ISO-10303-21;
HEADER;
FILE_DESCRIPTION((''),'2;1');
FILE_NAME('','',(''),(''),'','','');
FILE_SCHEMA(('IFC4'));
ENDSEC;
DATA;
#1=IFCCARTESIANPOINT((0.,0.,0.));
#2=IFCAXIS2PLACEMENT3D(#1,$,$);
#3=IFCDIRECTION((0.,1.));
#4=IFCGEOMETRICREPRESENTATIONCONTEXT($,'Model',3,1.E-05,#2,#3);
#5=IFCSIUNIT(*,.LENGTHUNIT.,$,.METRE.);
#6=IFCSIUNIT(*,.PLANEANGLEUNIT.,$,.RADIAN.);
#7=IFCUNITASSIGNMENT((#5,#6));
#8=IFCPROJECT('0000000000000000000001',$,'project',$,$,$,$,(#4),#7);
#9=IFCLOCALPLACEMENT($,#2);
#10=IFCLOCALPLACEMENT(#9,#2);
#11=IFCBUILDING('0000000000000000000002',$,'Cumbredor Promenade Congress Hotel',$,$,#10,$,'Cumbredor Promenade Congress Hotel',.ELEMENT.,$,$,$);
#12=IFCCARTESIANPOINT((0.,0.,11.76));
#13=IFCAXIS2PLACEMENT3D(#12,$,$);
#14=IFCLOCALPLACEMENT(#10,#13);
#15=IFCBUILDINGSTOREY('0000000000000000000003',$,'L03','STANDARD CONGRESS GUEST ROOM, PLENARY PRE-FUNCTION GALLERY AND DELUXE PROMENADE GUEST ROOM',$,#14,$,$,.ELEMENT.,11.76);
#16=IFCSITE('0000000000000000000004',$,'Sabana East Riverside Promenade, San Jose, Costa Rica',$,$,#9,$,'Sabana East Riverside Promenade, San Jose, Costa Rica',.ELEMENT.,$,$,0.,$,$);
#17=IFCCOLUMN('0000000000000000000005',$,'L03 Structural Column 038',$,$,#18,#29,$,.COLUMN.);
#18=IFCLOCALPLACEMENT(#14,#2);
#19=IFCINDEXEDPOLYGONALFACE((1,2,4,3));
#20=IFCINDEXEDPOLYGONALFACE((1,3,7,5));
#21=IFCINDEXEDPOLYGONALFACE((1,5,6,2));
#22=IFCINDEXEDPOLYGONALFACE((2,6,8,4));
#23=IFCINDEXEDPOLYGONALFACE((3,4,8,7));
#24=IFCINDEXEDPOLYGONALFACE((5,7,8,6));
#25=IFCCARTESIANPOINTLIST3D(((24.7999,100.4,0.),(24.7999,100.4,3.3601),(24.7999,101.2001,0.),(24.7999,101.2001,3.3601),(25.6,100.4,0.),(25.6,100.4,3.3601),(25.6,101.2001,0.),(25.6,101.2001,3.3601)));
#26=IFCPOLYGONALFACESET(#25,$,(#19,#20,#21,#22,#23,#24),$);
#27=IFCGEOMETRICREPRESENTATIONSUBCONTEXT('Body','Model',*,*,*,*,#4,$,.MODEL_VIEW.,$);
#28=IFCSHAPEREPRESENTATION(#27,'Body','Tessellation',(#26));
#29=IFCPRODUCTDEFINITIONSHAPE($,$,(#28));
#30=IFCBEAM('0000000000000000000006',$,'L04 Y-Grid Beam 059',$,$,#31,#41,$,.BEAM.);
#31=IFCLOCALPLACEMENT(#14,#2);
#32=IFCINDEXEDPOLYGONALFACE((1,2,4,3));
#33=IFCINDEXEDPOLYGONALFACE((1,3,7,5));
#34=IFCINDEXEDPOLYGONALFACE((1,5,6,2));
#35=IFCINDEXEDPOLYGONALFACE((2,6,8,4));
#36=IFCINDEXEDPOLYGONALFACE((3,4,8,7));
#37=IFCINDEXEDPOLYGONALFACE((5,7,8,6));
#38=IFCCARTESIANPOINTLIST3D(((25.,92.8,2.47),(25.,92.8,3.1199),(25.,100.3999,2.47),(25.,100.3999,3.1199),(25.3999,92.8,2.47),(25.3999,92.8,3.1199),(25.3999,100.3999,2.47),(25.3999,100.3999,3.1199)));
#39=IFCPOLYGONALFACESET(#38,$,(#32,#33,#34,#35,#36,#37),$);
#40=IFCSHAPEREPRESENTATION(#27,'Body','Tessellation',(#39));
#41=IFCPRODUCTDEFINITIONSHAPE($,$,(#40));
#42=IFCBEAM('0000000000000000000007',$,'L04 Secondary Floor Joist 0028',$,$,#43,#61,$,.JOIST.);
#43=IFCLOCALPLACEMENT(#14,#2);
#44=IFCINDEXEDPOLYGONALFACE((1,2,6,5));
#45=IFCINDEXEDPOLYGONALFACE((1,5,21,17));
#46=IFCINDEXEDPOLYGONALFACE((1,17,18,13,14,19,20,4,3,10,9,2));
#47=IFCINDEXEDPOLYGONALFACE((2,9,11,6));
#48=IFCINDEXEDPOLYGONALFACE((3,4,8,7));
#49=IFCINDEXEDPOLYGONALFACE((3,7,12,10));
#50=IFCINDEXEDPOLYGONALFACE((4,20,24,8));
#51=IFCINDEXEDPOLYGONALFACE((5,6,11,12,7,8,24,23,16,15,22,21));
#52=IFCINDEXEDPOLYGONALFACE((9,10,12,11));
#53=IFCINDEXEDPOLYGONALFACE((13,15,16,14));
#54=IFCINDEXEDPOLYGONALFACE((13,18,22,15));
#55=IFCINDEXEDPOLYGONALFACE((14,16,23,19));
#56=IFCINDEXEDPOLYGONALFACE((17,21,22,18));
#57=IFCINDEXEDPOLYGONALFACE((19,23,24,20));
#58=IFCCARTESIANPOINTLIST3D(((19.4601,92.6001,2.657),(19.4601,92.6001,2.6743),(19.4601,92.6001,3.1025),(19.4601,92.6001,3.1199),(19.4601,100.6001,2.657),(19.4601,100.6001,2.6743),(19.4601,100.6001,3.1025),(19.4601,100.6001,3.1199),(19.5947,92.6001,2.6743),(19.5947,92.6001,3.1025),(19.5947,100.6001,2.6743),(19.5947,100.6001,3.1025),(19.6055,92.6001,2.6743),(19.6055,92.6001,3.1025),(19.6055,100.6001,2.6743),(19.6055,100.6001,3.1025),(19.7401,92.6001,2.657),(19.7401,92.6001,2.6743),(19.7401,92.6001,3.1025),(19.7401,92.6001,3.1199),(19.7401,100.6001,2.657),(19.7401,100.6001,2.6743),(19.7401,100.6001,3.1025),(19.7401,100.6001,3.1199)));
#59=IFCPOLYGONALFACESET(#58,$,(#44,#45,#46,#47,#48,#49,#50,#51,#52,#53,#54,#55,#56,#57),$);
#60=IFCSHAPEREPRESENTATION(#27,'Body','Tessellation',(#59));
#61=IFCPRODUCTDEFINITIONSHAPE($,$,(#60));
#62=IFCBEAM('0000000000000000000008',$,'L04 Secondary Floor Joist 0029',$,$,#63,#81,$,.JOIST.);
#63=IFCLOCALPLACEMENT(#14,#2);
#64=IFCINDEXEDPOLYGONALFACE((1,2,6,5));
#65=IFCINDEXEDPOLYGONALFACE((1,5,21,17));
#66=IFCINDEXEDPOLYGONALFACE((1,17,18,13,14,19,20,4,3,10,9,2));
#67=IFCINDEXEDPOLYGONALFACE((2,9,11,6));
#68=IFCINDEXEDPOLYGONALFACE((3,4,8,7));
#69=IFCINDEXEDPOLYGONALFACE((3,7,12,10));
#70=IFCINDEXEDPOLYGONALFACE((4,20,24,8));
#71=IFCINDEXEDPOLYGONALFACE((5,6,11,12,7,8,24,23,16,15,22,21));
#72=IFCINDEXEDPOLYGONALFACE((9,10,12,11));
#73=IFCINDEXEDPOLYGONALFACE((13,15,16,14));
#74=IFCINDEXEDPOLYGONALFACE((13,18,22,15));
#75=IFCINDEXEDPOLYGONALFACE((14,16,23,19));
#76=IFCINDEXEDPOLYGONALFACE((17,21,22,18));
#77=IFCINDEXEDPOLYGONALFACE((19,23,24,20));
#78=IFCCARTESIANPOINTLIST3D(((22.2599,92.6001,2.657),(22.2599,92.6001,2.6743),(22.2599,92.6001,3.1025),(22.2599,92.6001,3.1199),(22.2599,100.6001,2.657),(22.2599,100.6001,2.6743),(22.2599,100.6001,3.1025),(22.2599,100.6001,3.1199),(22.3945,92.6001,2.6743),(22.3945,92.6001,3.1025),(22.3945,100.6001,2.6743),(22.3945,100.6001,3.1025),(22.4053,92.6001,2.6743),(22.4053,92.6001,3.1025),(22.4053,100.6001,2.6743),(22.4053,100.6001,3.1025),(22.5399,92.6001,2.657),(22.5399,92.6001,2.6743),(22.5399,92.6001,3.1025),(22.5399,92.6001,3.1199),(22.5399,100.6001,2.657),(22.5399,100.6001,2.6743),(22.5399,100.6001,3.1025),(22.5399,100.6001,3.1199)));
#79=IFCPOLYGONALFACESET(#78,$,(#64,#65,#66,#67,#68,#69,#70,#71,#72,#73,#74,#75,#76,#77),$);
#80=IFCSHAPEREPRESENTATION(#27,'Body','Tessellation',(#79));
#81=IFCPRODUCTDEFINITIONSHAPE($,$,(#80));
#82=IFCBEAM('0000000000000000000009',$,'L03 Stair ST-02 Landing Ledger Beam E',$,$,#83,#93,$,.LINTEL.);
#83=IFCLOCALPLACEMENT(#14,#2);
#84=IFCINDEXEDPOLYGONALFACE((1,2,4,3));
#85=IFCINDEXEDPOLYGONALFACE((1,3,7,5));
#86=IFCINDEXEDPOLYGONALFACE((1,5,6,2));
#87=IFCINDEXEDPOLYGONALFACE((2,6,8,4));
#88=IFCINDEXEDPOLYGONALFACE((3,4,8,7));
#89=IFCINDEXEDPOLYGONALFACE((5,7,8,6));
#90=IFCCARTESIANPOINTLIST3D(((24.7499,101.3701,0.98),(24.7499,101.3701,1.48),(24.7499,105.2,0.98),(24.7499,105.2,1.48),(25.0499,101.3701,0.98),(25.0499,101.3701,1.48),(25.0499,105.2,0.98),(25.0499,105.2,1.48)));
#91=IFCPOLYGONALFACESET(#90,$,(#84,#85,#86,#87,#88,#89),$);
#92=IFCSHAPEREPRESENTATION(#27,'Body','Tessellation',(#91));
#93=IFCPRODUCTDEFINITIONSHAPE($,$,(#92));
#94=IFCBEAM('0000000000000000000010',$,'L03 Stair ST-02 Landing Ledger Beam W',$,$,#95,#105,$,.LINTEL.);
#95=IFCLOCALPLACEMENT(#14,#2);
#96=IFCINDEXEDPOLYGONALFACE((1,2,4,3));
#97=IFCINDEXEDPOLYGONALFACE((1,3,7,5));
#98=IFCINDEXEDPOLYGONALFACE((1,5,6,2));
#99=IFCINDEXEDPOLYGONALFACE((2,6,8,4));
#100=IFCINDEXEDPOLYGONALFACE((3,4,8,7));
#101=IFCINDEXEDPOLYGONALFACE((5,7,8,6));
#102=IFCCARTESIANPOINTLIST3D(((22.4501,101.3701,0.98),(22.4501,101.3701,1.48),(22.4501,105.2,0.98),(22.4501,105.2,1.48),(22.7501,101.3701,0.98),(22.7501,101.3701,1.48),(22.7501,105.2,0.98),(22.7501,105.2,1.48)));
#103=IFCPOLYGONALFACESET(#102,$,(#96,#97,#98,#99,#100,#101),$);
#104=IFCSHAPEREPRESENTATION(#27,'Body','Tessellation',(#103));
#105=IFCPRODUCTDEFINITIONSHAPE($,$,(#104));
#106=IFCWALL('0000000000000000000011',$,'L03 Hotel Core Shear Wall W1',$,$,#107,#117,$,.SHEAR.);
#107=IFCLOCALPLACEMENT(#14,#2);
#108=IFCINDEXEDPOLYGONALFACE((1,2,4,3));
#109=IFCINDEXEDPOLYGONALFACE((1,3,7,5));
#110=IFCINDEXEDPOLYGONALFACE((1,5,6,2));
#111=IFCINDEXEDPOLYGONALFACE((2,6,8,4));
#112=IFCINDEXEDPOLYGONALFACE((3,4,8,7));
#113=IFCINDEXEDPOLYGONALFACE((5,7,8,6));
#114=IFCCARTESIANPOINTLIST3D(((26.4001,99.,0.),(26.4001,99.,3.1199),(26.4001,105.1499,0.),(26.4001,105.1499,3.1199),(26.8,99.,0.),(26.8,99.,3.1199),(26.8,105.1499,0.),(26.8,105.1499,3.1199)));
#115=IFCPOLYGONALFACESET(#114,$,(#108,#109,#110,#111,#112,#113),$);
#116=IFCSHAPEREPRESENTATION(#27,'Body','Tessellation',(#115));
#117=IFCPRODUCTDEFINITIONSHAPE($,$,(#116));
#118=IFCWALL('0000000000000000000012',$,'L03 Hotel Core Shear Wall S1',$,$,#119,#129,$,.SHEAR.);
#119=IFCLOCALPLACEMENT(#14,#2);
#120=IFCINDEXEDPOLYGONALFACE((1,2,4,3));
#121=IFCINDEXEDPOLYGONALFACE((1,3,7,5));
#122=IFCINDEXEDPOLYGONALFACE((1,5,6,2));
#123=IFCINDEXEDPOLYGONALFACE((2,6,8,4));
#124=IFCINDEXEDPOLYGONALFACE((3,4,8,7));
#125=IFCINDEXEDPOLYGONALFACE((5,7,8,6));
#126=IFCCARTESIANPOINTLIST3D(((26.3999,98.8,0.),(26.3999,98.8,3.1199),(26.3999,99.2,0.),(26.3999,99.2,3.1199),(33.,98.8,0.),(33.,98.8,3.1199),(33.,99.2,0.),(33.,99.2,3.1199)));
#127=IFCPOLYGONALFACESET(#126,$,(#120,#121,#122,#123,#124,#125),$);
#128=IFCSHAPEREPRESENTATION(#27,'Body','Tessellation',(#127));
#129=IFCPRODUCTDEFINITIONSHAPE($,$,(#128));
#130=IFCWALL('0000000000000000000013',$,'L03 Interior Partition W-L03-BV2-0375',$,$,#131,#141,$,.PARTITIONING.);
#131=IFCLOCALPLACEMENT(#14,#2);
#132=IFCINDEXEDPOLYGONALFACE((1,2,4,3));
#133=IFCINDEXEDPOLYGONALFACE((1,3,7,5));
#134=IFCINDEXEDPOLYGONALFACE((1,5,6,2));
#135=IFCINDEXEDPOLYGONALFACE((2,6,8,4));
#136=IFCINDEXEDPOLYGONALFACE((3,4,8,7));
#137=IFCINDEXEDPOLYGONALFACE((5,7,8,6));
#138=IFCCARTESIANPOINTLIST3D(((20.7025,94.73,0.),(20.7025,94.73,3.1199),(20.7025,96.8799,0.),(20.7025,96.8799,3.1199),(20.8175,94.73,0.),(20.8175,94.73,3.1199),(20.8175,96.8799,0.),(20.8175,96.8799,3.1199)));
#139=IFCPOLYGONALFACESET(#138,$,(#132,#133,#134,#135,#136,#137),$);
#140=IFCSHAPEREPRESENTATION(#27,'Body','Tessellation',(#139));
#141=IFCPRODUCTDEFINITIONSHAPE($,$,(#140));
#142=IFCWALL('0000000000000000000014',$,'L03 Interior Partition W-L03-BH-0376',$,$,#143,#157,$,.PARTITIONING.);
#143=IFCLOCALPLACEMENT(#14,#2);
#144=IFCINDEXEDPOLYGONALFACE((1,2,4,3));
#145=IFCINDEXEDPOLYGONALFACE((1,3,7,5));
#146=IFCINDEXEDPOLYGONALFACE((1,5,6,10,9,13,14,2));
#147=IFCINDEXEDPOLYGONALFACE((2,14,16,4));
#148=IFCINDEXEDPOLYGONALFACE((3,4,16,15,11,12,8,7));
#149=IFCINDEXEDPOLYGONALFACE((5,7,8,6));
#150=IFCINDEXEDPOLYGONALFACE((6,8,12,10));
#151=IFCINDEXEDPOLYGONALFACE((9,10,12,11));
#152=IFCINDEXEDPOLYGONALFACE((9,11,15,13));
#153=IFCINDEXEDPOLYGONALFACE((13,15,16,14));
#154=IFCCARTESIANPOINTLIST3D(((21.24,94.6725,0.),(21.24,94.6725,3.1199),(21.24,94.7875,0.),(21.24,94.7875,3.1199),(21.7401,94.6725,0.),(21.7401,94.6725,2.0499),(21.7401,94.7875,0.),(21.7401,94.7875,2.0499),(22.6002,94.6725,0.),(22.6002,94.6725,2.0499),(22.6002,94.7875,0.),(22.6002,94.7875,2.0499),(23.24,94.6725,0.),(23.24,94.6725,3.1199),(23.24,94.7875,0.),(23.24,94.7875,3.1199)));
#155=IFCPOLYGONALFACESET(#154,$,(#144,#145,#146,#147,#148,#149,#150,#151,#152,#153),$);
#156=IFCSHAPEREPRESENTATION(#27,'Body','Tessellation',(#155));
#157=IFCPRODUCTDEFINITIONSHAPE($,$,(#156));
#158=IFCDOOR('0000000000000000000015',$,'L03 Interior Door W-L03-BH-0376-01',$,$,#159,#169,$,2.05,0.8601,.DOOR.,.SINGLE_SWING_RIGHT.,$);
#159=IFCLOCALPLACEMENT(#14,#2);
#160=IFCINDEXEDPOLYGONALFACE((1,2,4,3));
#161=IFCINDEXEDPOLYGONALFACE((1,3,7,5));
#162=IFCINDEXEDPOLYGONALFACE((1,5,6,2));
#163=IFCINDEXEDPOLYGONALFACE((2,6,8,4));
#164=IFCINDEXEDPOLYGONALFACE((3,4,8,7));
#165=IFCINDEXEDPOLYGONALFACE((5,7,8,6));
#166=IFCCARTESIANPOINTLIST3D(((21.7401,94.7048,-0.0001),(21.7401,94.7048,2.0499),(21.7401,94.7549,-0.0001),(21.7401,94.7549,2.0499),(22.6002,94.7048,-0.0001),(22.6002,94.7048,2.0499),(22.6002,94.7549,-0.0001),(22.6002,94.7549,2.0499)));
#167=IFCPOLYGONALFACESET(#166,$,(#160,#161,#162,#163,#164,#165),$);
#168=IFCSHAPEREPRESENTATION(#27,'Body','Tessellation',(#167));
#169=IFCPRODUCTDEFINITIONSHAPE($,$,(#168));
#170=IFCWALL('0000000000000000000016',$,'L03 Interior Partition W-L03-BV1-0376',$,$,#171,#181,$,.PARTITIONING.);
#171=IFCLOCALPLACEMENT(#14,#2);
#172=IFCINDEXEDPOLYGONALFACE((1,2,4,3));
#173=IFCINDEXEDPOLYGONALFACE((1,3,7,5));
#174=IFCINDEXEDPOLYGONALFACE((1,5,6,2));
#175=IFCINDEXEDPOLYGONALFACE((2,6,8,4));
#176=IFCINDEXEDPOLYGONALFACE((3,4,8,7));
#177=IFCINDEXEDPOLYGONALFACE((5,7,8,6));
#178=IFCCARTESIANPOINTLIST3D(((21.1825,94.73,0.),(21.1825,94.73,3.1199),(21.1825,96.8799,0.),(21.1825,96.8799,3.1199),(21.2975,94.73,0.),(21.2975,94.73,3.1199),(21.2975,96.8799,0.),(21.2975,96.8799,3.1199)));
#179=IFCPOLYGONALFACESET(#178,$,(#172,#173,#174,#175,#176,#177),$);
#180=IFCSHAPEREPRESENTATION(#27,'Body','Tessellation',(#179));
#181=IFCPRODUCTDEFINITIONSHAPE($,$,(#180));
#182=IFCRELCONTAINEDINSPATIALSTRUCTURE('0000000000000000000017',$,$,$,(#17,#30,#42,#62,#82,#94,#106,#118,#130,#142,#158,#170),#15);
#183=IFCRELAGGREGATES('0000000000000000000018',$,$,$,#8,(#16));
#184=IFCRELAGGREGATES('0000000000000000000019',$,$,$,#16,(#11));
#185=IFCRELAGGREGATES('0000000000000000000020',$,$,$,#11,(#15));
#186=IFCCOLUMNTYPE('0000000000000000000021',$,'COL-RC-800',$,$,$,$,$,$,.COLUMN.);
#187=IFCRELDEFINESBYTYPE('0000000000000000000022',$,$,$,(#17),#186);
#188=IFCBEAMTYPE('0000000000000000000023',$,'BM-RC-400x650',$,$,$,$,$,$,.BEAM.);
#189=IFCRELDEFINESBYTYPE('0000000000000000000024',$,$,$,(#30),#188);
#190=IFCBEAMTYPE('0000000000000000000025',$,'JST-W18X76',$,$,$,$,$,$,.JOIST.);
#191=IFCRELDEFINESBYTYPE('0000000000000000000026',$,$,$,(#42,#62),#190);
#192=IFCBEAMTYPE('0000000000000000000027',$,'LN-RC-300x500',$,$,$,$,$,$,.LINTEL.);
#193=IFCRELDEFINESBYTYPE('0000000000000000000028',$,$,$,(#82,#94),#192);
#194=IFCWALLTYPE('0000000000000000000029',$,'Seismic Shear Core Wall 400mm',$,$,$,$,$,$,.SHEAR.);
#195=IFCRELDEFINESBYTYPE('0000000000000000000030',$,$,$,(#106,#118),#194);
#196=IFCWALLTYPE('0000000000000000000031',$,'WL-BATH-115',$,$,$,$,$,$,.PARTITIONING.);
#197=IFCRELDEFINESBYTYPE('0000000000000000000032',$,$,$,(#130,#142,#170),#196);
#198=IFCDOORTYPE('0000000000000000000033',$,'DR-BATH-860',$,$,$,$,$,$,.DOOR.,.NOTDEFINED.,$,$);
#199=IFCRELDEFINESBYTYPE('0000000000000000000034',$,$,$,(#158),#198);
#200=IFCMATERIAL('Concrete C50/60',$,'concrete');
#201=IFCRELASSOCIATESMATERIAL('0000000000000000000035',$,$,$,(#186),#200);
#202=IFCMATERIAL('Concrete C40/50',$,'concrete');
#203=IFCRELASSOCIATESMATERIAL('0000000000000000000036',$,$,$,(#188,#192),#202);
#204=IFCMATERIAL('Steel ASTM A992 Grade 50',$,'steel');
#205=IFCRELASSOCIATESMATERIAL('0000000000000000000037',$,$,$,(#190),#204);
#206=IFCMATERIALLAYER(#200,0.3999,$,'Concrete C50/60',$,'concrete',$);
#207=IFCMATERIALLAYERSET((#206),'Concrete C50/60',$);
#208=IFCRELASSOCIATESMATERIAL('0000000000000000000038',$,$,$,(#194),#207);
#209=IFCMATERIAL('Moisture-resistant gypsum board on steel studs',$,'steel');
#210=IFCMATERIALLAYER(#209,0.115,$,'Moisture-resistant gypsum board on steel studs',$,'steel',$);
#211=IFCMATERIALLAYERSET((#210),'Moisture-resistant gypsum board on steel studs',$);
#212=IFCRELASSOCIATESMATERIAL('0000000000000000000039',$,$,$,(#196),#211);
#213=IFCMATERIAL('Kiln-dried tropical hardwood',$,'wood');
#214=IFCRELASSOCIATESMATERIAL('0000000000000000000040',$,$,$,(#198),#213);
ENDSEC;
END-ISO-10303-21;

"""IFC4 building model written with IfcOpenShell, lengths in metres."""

from ifc_helpers import new_model, si_unit, direction, frame, frame_2d, origin, origin_2d, place, context, subcontext, project, spatial, rectangle, i_section, extrude, material, layer, layer_set, material_profile, profile_set, type_object, element, fill, save


model = new_model("IFC4")

# Units and contexts
model_context = context("Model", 3, precision=1e-05, world=origin(), true_north=direction((0.0, 1.0)))
body_context = subcontext(model_context, "Body", "Model", "MODEL_VIEW")
ifc_project = project(units=[si_unit("LENGTHUNIT", "METRE"), si_unit("PLANEANGLEUNIT", "RADIAN")], contexts=[model_context])

# Site, building, storey
site_placement = place(None, origin())
site = spatial("IfcSite", under=ifc_project, at=site_placement, Name="Sabana East Riverside Promenade, San Jose, Costa Rica", LongName="Sabana East Riverside Promenade, San Jose, Costa Rica", CompositionType="ELEMENT", RefElevation=0.0)
building_placement = place(site_placement, origin())
building = spatial("IfcBuilding", under=site, at=building_placement, Name="Cumbredor Promenade Congress Hotel", LongName="Cumbredor Promenade Congress Hotel", CompositionType="ELEMENT")
storey_placement = place(building_placement, frame((0.0, 0.0, 11.76)))
storey = spatial("IfcBuildingStorey", under=building, at=storey_placement, Name="L03", Description="STANDARD CONGRESS GUEST ROOM, PLENARY PRE-FUNCTION GALLERY AND DELUXE PROMENADE GUEST ROOM", CompositionType="ELEMENT", Elevation=11.76)

# Column
ifc_material_1 = material(Name="Concrete C50/60", Category="concrete")
ifc_material_profile_1 = material_profile(ifc_material_1, rectangle(XDim=0.8, YDim=0.8, at=origin_2d()), Name="RC 800x800")
ifc_profile_set_1 = profile_set([ifc_material_profile_1], Name="Concrete C50/60")
column_type = type_object("IfcColumnType", Name="COL-RC-800", PredefinedType="COLUMN", material=ifc_profile_set_1)
column_placement = place(storey_placement, frame((25.2, 100.8, 0.0), z_axis=(0.0, 0.0, 1.0), x_axis=(1.0, 0.0, 0.0)))
element("IfcColumn", 1, at=column_placement, inside=storey, type_object=column_type, Name="L03 Structural Column 038", PredefinedType="COLUMN", context=body_context, shape_type="SweptSolid", body=[
    extrude(rectangle(XDim=0.8, YDim=0.8, at=origin_2d()), origin(), (0.0, 0.0, 1.0), 3.3601),
])

# Beams
ifc_material_2 = material(Name="Concrete C40/50", Category="concrete")
ifc_material_profile_2 = material_profile(ifc_material_2, rectangle(XDim=0.3999, YDim=0.6499, at=origin_2d()), Name="RC BEAM 400x650")
ifc_profile_set_2 = profile_set([ifc_material_profile_2], Name="Concrete C40/50")
beam_type_1 = type_object("IfcBeamType", Name="BM-RC-400x650", PredefinedType="BEAM", material=ifc_profile_set_2)
beam_placement = place(storey_placement, frame((25.2, 92.8, 2.7949), z_axis=(0.0, 1.0, 0.0), x_axis=(-1.0, 0.0, 0.0)))
element("IfcBeam", 2, at=beam_placement, inside=storey, type_object=beam_type_1, Name="L04 Y-Grid Beam 059", PredefinedType="BEAM", context=body_context, shape_type="SweptSolid", body=[
    extrude(rectangle(XDim=0.3999, YDim=0.6499, at=origin_2d()), origin(), (0.0, 0.0, 1.0), 7.5999),
])
ifc_material_3 = material(Name="Steel ASTM A992 Grade 50", Category="steel")
ifc_material_profile_3 = material_profile(ifc_material_3, i_section(OverallWidth=0.28, OverallDepth=0.4629, WebThickness=0.0107, FlangeThickness=0.0173, at=origin_2d()), Name="W18X76")
ifc_profile_set_3 = profile_set([ifc_material_profile_3], Name="Steel ASTM A992 Grade 50")
beam_type_2 = type_object("IfcBeamType", Name="JST-W18X76", PredefinedType="JOIST", material=ifc_profile_set_3)
for number, where, z_axis, x_axis, name in (
    (3, (19.6001, 92.6001, 2.8884), (0.0, 1.0, 0.0), (-1.0, 0.0, 0.0), "L04 Secondary Floor Joist 0028"),
    (4, (22.3999, 92.6001, 2.8884), (0.0, 1.0, 0.0), (-1.0, 0.0, 0.0), "L04 Secondary Floor Joist 0029"),
):
    element("IfcBeam", number, at=place(storey_placement, frame(where, z_axis=z_axis, x_axis=x_axis)), inside=storey, type_object=beam_type_2, Name=name, PredefinedType="JOIST", context=body_context, shape_type="SweptSolid", body=[
        extrude(i_section(OverallWidth=0.28, OverallDepth=0.4629, WebThickness=0.0107, FlangeThickness=0.0173, at=origin_2d()), origin(), (0.0, 0.0, 1.0), 8.0),
    ])
ifc_material_profile_4 = material_profile(ifc_material_2, rectangle(XDim=0.3, YDim=0.5, at=origin_2d()), Name="RC LINTEL 300x500")
ifc_profile_set_4 = profile_set([ifc_material_profile_4], Name="Concrete C40/50")
beam_type_3 = type_object("IfcBeamType", Name="LN-RC-300x500", PredefinedType="LINTEL", material=ifc_profile_set_4)
for number, where, z_axis, x_axis, name in (
    (5, (24.8999, 101.3701, 1.23), (0.0, 1.0, 0.0), (-1.0, 0.0, 0.0), "L03 Stair ST-02 Landing Ledger Beam E"),
    (6, (22.6001, 101.3701, 1.23), (0.0, 1.0, 0.0), (-1.0, 0.0, 0.0), "L03 Stair ST-02 Landing Ledger Beam W"),
):
    element("IfcBeam", number, at=place(storey_placement, frame(where, z_axis=z_axis, x_axis=x_axis)), inside=storey, type_object=beam_type_3, Name=name, PredefinedType="LINTEL", context=body_context, shape_type="SweptSolid", body=[
        extrude(rectangle(XDim=0.3, YDim=0.5, at=origin_2d()), origin(), (0.0, 0.0, 1.0), 3.8298),
    ])

# Walls
ifc_layer_1 = layer(ifc_material_1, 0.3999, Name="Concrete C50/60", Category="concrete")
ifc_layer_set_1 = layer_set([ifc_layer_1], Name="Concrete C50/60")
wall_type_1 = type_object("IfcWallType", Name="Seismic Shear Core Wall 400mm", PredefinedType="SHEAR", material=ifc_layer_set_1)
wall_1_placement = place(storey_placement, frame((26.6001, 99.0, 0.0), z_axis=(0.0, 0.0, 1.0), x_axis=(0.0, 1.0, 0.0)))
element("IfcWall", 7, at=wall_1_placement, inside=storey, type_object=wall_type_1, Name="L03 Hotel Core Shear Wall W1", PredefinedType="SHEAR", context=body_context, shape_type="SweptSolid", body=[
    extrude(rectangle(XDim=6.1499, YDim=0.3999, at=frame_2d((3.075, 0.0))), origin(), (0.0, 0.0, 1.0), 3.1199),
])
wall_2_placement = place(storey_placement, frame((26.3999, 99.0, 0.0), z_axis=(0.0, 0.0, 1.0), x_axis=(1.0, 0.0, 0.0)))
element("IfcWall", 8, at=wall_2_placement, inside=storey, type_object=wall_type_1, Name="L03 Hotel Core Shear Wall S1", PredefinedType="SHEAR", context=body_context, shape_type="SweptSolid", body=[
    extrude(rectangle(XDim=6.6001, YDim=0.3999, at=frame_2d((3.3, 0.0))), origin(), (0.0, 0.0, 1.0), 3.1199),
])
ifc_material_4 = material(Name="Moisture-resistant gypsum board on steel studs", Category="steel")
ifc_layer_2 = layer(ifc_material_4, 0.115, Name="Moisture-resistant gypsum board on steel studs", Category="steel")
ifc_layer_set_2 = layer_set([ifc_layer_2], Name="Moisture-resistant gypsum board on steel studs")
wall_type_2 = type_object("IfcWallType", Name="WL-BATH-115", PredefinedType="PARTITIONING", material=ifc_layer_set_2)
wall_3_placement = place(storey_placement, frame((20.76, 94.73, 0.0), z_axis=(0.0, 0.0, 1.0), x_axis=(0.0, 1.0, 0.0)))
element("IfcWall", 9, at=wall_3_placement, inside=storey, type_object=wall_type_2, Name="L03 Interior Partition W-L03-BV2-0375", PredefinedType="PARTITIONING", context=body_context, shape_type="SweptSolid", body=[
    extrude(rectangle(XDim=2.1499, YDim=0.115, at=frame_2d((1.075, 0.0))), origin(), (0.0, 0.0, 1.0), 3.1199),
])

# Wall, opening, door
wall_4_placement = place(storey_placement, frame((21.24, 94.73, 0.0), z_axis=(0.0, 0.0, 1.0), x_axis=(1.0, 0.0, 0.0)))
wall_4 = element("IfcWall", 10, at=wall_4_placement, inside=storey, type_object=wall_type_2, Name="L03 Interior Partition W-L03-BH-0376", PredefinedType="PARTITIONING", context=body_context, shape_type="SweptSolid", body=[
    extrude(rectangle(XDim=2.0, YDim=0.115, at=frame_2d((1.0, 0.0))), origin(), (0.0, 0.0, 1.0), 3.1199),
])
opening_1_placement = place(wall_4_placement, frame((0.5, 0.0, 0.0)))
opening_1 = element("IfcOpeningElement", 11, at=opening_1_placement, cuts=wall_4, PredefinedType="OPENING", context=body_context, shape_type="SweptSolid", body=[
    extrude(rectangle(XDim=0.8601, YDim=2.05, at=frame_2d((0.4302, 1.0249))), frame((0.0, 0.0674, 0.0), z_axis=(0.0, -1.0, 0.0), x_axis=(1.0, 0.0, 0.0)), (0.0, 0.0, 1.0), 0.135),
])
ifc_material_5 = material(Name="Kiln-dried tropical hardwood", Category="wood")
door_type_1 = type_object("IfcDoorType", Name="DR-BATH-860", OperationType="NOTDEFINED", PredefinedType="DOOR", material=ifc_material_5)
door_1_placement = place(opening_1_placement, origin())
door_1 = element("IfcDoor", 12, at=door_1_placement, inside=storey, type_object=door_type_1, Name="L03 Interior Door W-L03-BH-0376-01", OperationType="SINGLE_SWING_RIGHT", OverallHeight=2.05, OverallWidth=0.8601, PredefinedType="DOOR", context=body_context, shape_type="SweptSolid", body=[
    extrude(rectangle(XDim=0.8601, YDim=2.05, at=frame_2d((0.4302, 1.0249))), frame((0.0, 0.0249, 0.0), z_axis=(0.0, -1.0, 0.0), x_axis=(1.0, 0.0, 0.0)), (0.0, 0.0, 1.0), 0.05),
])
fill(opening_1, door_1)

# Wall
for number, where, z_axis, x_axis, name in (
    (13, (21.24, 94.73, 0.0), (0.0, 0.0, 1.0), (0.0, 1.0, 0.0), "L03 Interior Partition W-L03-BV1-0376"),
):
    element("IfcWall", number, at=place(storey_placement, frame(where, z_axis=z_axis, x_axis=x_axis)), inside=storey, type_object=wall_type_2, Name=name, PredefinedType="PARTITIONING", context=body_context, shape_type="SweptSolid", body=[
        extrude(rectangle(XDim=2.1499, YDim=0.115, at=frame_2d((1.075, 0.0))), origin(), (0.0, 0.0, 1.0), 3.1199),
    ])

save(model, "model.ifc")
